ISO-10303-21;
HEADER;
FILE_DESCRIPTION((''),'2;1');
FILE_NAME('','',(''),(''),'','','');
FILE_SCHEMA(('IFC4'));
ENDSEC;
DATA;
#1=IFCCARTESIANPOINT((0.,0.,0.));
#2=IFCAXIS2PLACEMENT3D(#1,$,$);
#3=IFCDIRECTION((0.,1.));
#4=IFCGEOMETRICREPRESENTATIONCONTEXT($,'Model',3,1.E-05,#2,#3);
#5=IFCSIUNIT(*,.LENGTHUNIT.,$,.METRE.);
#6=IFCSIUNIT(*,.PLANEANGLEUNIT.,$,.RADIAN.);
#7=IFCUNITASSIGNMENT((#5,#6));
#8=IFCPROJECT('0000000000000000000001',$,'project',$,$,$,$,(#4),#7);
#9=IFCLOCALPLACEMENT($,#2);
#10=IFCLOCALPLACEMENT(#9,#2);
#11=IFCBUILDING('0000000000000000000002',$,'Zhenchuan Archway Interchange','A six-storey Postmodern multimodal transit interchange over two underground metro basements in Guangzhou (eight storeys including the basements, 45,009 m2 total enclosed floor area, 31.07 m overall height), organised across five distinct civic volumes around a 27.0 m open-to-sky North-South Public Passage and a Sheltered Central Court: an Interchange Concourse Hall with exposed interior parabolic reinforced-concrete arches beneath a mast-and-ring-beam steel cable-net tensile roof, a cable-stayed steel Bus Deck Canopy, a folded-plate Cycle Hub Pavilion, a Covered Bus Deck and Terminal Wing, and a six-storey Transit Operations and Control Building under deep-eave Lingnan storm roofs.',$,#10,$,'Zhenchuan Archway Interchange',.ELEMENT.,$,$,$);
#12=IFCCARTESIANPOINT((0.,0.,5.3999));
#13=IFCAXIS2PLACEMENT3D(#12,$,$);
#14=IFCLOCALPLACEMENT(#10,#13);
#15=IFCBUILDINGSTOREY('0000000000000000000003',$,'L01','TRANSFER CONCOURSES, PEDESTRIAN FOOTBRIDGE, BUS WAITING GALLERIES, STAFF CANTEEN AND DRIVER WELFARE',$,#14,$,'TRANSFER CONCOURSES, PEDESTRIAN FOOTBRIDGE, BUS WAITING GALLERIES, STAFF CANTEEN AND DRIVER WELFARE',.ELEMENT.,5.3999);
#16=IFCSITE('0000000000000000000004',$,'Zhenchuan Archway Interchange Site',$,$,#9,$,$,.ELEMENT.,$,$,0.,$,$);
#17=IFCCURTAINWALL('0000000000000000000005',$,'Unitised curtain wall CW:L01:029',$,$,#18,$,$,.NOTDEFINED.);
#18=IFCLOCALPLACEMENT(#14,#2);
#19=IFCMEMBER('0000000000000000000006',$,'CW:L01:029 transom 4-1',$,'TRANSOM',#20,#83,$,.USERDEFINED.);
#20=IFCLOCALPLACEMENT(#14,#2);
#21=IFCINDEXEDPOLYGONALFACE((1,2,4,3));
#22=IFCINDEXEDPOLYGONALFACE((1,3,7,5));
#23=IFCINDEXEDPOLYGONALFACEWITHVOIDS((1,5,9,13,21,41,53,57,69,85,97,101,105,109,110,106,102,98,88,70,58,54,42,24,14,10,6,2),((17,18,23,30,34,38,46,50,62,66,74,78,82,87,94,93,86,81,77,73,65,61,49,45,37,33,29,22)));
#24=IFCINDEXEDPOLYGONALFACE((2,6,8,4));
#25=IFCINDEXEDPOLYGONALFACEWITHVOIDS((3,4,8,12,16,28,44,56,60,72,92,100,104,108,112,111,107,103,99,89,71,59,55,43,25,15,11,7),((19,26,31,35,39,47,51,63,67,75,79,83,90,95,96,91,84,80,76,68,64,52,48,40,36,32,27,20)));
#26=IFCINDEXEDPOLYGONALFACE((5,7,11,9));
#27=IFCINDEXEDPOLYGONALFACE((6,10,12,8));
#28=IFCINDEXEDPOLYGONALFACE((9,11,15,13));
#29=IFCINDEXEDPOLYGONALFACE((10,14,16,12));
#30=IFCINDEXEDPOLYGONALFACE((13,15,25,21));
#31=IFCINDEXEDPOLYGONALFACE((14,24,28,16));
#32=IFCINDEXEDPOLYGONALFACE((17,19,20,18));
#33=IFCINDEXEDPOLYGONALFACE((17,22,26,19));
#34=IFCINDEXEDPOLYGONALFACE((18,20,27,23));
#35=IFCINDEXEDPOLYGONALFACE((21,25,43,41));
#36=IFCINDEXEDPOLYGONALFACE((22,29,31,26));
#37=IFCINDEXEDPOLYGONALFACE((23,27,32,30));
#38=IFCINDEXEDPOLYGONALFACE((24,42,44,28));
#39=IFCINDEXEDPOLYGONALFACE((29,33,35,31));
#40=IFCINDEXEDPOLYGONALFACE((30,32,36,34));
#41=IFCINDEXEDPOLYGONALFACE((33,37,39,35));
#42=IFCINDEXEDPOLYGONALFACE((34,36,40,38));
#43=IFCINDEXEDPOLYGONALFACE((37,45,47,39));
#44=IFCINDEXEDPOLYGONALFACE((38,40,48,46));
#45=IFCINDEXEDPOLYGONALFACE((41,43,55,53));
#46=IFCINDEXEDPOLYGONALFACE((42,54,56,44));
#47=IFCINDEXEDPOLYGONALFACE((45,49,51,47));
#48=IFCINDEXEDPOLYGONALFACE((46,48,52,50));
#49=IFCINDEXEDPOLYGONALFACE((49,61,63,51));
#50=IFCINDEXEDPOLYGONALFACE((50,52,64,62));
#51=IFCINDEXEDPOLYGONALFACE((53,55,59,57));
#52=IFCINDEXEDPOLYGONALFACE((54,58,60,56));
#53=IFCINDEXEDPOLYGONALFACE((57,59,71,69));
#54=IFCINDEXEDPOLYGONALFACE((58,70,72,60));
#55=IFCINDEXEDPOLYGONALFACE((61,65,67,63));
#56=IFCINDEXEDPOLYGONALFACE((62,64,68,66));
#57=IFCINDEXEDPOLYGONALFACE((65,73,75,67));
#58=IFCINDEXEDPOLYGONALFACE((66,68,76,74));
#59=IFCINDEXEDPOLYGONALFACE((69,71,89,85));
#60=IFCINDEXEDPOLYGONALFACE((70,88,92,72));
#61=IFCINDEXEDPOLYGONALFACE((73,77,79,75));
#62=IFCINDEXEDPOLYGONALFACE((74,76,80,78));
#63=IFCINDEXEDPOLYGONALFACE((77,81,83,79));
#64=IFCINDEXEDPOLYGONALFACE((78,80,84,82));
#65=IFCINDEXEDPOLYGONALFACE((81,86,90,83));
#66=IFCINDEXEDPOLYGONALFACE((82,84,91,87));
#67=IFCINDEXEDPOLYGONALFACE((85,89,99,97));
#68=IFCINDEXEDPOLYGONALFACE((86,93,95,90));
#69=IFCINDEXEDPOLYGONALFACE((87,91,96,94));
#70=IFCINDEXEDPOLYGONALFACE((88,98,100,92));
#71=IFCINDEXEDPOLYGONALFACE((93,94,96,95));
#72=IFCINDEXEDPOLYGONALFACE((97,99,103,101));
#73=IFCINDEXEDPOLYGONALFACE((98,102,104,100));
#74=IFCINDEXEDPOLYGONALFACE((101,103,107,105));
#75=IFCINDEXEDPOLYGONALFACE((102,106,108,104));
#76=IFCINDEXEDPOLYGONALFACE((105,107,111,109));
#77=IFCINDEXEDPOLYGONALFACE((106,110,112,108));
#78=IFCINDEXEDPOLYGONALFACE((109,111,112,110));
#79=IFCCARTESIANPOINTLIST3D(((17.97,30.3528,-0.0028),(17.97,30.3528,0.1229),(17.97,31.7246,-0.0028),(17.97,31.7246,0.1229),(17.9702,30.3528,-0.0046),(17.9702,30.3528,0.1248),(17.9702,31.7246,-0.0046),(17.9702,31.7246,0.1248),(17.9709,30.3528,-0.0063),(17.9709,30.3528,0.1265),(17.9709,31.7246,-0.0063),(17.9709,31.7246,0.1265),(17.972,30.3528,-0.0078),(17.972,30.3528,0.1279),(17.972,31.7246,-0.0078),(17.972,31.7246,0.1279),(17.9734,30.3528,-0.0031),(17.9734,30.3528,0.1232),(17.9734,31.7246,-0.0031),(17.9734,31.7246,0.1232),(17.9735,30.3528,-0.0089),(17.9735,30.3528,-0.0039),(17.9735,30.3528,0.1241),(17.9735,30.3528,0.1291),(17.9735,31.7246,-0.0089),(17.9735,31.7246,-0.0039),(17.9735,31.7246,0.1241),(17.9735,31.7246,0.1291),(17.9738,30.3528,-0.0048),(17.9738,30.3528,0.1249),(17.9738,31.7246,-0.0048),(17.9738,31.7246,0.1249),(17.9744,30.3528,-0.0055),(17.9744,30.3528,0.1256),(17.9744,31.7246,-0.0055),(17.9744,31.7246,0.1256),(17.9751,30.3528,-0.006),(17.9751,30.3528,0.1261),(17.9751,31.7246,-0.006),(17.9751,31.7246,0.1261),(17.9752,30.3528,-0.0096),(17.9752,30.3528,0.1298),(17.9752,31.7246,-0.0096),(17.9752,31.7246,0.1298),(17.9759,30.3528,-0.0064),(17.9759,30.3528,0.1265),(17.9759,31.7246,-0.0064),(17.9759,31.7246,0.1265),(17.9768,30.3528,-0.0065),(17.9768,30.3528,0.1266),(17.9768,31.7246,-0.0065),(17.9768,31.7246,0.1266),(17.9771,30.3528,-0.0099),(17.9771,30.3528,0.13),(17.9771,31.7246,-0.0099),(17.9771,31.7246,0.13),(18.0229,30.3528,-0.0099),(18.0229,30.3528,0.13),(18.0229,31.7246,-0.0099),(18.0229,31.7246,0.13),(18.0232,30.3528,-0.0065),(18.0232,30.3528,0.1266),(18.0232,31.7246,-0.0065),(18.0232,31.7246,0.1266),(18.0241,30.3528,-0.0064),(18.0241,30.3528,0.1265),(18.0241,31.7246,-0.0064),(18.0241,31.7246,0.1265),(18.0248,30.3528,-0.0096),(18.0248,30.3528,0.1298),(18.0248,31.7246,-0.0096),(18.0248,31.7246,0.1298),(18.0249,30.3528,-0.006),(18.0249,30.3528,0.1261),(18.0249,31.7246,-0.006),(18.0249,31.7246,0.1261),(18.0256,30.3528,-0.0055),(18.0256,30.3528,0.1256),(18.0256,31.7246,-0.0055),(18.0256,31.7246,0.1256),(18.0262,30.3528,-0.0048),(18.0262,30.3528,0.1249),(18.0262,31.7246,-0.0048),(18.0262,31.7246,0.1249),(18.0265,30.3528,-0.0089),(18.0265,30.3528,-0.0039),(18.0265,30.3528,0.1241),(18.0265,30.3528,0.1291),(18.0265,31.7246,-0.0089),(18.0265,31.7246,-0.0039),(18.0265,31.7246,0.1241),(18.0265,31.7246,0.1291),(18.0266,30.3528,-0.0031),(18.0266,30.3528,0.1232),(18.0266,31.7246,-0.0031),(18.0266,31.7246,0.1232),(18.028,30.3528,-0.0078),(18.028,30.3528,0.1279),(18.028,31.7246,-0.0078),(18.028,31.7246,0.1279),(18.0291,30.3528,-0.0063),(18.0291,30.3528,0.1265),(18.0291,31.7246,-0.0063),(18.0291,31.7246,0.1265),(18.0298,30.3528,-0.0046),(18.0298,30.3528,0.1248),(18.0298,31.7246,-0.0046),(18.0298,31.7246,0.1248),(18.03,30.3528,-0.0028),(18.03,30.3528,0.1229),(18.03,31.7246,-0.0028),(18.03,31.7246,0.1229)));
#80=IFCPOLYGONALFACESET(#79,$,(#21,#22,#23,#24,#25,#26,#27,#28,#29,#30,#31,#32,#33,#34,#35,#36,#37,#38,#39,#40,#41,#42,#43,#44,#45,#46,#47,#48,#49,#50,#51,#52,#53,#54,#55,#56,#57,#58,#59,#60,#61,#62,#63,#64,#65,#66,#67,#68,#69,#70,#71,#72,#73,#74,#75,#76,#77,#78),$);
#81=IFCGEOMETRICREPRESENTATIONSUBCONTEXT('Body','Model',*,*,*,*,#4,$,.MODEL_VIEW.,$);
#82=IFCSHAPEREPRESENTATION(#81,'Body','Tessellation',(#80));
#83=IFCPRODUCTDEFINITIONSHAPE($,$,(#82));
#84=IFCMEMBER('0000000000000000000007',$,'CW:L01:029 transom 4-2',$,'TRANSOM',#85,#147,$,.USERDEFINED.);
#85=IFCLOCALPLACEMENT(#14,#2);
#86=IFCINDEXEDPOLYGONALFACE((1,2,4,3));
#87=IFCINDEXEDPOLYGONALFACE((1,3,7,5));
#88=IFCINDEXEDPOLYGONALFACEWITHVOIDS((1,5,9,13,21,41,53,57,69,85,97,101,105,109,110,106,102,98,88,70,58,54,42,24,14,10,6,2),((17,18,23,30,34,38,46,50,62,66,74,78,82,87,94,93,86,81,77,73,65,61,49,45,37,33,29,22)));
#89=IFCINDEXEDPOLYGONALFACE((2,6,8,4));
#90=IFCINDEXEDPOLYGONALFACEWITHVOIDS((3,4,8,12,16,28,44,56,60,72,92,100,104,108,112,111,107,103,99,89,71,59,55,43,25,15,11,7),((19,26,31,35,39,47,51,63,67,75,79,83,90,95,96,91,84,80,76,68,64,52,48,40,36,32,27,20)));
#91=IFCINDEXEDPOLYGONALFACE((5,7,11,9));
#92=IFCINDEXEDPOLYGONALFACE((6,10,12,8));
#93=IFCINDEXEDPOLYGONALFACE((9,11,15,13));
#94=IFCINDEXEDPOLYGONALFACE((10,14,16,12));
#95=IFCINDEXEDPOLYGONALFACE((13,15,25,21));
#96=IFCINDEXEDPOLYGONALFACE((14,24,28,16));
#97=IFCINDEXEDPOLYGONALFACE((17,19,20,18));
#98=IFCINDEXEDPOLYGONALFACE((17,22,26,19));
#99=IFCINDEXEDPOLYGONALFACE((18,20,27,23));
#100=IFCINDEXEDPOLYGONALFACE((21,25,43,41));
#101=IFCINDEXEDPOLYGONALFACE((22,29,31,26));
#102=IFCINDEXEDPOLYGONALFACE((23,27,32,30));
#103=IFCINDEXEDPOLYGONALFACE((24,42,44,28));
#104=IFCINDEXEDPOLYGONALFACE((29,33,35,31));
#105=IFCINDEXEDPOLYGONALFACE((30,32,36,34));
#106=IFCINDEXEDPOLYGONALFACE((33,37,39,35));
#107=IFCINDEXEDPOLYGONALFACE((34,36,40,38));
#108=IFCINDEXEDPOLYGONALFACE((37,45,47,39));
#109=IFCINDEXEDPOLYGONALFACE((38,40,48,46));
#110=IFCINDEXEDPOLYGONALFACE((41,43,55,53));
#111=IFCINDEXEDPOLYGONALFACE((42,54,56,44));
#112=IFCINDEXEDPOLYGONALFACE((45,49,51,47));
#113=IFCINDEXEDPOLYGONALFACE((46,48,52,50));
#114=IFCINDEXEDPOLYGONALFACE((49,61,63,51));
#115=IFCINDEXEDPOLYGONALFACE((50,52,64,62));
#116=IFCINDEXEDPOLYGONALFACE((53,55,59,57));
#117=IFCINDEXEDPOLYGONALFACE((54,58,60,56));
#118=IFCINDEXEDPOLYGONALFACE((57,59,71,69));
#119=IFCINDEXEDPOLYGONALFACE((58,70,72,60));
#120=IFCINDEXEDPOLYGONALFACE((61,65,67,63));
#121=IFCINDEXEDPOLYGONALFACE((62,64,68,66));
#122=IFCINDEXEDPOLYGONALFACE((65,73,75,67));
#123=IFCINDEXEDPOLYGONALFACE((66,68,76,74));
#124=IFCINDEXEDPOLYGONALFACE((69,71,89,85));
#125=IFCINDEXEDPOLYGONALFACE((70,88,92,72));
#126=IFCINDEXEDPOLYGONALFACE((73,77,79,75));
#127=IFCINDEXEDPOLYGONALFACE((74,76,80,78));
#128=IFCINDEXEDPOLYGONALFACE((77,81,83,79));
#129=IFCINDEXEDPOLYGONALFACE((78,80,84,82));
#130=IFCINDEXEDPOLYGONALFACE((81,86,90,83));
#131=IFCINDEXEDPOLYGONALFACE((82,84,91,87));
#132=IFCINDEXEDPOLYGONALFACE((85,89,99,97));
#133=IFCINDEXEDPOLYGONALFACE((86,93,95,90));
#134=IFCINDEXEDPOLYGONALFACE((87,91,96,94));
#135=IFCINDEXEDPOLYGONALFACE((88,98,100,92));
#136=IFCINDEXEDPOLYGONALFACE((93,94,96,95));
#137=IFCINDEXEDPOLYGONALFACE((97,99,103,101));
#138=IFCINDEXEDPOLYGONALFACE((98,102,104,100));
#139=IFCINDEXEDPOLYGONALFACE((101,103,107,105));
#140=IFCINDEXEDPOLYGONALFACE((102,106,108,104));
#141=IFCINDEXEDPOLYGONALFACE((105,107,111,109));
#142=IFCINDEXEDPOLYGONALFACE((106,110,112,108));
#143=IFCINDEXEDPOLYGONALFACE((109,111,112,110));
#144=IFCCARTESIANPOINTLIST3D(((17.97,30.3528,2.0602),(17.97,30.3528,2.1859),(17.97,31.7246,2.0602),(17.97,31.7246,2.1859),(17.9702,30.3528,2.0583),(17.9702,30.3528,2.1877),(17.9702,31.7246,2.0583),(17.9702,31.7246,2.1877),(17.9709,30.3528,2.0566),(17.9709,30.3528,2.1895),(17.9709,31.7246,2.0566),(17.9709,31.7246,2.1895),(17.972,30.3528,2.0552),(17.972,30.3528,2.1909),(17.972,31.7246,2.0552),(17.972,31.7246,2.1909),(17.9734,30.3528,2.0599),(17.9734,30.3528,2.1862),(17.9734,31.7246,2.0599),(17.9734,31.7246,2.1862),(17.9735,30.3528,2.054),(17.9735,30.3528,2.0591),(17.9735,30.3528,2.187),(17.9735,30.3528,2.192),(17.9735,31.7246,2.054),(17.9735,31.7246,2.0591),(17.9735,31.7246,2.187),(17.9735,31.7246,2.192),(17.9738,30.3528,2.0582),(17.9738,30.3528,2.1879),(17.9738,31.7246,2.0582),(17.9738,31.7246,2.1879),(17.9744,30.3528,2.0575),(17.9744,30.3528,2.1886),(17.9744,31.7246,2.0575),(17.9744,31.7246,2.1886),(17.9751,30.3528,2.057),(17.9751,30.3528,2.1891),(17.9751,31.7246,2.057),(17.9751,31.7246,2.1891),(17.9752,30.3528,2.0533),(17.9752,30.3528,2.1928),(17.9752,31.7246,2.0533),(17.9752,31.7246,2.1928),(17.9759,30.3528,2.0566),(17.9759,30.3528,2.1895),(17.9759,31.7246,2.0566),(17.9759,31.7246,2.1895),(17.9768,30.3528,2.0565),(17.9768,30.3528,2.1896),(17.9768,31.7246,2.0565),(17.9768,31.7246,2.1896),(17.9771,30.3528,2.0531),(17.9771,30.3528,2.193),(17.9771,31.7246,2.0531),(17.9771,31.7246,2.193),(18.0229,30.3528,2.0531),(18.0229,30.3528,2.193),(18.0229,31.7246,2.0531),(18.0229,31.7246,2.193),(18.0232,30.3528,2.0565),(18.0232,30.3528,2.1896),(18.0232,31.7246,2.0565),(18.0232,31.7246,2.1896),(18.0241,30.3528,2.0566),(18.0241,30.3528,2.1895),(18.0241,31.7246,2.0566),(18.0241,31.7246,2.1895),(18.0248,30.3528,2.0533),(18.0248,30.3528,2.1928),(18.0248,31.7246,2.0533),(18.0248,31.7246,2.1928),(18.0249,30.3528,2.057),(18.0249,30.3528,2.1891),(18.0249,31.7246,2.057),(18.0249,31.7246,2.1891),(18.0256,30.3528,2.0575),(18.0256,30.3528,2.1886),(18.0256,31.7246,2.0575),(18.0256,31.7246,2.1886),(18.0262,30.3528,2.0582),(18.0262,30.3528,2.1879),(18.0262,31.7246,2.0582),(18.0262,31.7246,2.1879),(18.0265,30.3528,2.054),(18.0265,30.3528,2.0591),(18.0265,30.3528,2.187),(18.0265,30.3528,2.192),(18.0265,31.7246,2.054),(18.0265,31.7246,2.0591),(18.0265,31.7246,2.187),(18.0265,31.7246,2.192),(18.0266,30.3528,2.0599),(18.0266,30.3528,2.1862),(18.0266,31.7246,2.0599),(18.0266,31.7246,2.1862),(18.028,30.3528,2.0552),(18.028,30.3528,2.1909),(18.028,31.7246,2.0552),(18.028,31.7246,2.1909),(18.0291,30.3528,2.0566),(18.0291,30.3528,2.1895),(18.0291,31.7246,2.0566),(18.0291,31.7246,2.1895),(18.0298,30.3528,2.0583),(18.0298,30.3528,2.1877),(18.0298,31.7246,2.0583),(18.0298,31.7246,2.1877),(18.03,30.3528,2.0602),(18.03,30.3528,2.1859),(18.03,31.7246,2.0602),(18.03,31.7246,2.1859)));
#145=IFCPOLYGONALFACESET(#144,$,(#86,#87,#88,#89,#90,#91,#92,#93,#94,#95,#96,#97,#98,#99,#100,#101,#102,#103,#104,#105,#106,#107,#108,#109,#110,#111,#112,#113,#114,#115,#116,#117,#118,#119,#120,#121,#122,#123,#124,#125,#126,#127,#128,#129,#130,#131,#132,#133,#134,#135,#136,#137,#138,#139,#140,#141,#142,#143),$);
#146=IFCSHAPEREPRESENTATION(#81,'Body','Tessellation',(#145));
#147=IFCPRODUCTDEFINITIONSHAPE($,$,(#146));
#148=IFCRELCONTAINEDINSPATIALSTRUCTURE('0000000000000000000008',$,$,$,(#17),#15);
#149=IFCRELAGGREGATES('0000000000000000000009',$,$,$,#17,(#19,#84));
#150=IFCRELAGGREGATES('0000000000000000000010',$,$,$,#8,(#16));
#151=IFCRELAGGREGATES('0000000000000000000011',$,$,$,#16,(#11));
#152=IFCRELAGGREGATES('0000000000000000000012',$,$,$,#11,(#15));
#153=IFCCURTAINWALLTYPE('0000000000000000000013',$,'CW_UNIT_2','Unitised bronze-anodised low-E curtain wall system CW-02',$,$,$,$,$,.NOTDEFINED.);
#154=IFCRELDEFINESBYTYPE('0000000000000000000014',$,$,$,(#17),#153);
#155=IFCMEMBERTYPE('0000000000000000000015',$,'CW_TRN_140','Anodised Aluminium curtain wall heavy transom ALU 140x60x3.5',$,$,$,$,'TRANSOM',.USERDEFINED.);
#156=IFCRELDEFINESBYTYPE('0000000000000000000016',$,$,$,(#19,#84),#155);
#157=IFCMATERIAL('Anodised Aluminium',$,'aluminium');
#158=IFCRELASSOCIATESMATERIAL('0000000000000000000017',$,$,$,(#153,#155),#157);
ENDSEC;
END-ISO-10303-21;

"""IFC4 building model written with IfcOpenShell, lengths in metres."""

from ifc_helpers import new_model, si_unit, direction, frame, origin, origin_2d, place, context, subcontext, project, spatial, hollow_rectangle, extrude, material, material_profile, profile_set, type_object, element, aggregate, save


model = new_model("IFC4")

# Units and contexts
model_context = context("Model", 3, precision=1e-05, world=origin(), true_north=direction((0.0, 1.0)))
body_context = subcontext(model_context, "Body", "Model", "MODEL_VIEW")
ifc_project = project(units=[si_unit("LENGTHUNIT", "METRE"), si_unit("PLANEANGLEUNIT", "RADIAN")], contexts=[model_context])

# Site, building, storey
site_placement = place(None, origin())
site = spatial("IfcSite", under=ifc_project, at=site_placement, Name="Zhenchuan Archway Interchange Site", CompositionType="ELEMENT", RefElevation=0.0)
building_placement = place(site_placement, origin())
building = spatial("IfcBuilding", under=site, at=building_placement, Name="Zhenchuan Archway Interchange", Description="A six-storey Postmodern multimodal transit interchange over two underground metro basements in Guangzhou (eight storeys including the basements, 45,009 m2 total enclosed floor area, 31.07 m overall height), organised across five distinct civic volumes around a 27.0 m open-to-sky North-South Public Passage and a Sheltered Central Court: an Interchange Concourse Hall with exposed interior parabolic reinforced-concrete arches beneath a mast-and-ring-beam steel cable-net tensile roof, a cable-stayed steel Bus Deck Canopy, a folded-plate Cycle Hub Pavilion, a Covered Bus Deck and Terminal Wing, and a six-storey Transit Operations and Control Building under deep-eave Lingnan storm roofs.", LongName="Zhenchuan Archway Interchange", CompositionType="ELEMENT")
storey_placement = place(building_placement, frame((0.0, 0.0, 5.3999)))
storey = spatial("IfcBuildingStorey", under=building, at=storey_placement, Name="L01", Description="TRANSFER CONCOURSES, PEDESTRIAN FOOTBRIDGE, BUS WAITING GALLERIES, STAFF CANTEEN AND DRIVER WELFARE", LongName="TRANSFER CONCOURSES, PEDESTRIAN FOOTBRIDGE, BUS WAITING GALLERIES, STAFF CANTEEN AND DRIVER WELFARE", CompositionType="ELEMENT", Elevation=5.3999)

# Curtain wall
ifc_material_1 = material(Name="Anodised Aluminium", Category="aluminium")
curtain_wall_type_1 = type_object("IfcCurtainWallType", Name="CW_UNIT_2", Description="Unitised bronze-anodised low-E curtain wall system CW-02", PredefinedType="NOTDEFINED", material=ifc_material_1)
curtain_wall_1_placement = place(storey_placement, origin())
curtain_wall_1 = element("IfcCurtainWall", 1, at=curtain_wall_1_placement, inside=storey, type_object=curtain_wall_type_1, Name="Unitised curtain wall CW:L01:029", PredefinedType="NOTDEFINED")

# Members
ifc_material_profile_1 = material_profile(ifc_material_1, hollow_rectangle(XDim=0.0601, YDim=0.1399, WallThickness=0.0034, InnerFilletRadius=0.0034, OuterFilletRadius=0.0071, at=origin_2d()), Name="ALU 140x60x3.5")
ifc_profile_set_1 = profile_set([ifc_material_profile_1], Name="Anodised Aluminium")
member_type_1 = type_object("IfcMemberType", Name="CW_TRN_140", Description="Anodised Aluminium curtain wall heavy transom ALU 140x60x3.5", ElementType="TRANSOM", PredefinedType="USERDEFINED", material=ifc_profile_set_1)
member_1_placement = place(storey_placement, frame((18.0, 30.3528, 0.0601), z_axis=(0.0, 1.0, 0.0), x_axis=(-1.0, 0.0, 0.0)))
member_1 = element("IfcMember", 2, at=member_1_placement, type_object=member_type_1, Name="CW:L01:029 transom 4-1", ObjectType="TRANSOM", PredefinedType="USERDEFINED", context=body_context, shape_type="SweptSolid", body=[
    extrude(hollow_rectangle(XDim=0.0601, YDim=0.1399, WallThickness=0.0034, InnerFilletRadius=0.0034, OuterFilletRadius=0.0071, at=origin_2d()), origin(), (0.0, 0.0, 1.0), 1.3718),
])
member_2_placement = place(storey_placement, frame((18.0, 30.3528, 2.123), z_axis=(0.0, 1.0, 0.0), x_axis=(-1.0, 0.0, 0.0)))
member_2 = element("IfcMember", 3, at=member_2_placement, type_object=member_type_1, Name="CW:L01:029 transom 4-2", ObjectType="TRANSOM", PredefinedType="USERDEFINED", context=body_context, shape_type="SweptSolid", body=[
    extrude(hollow_rectangle(XDim=0.0601, YDim=0.1399, WallThickness=0.0034, InnerFilletRadius=0.0034, OuterFilletRadius=0.0071, at=origin_2d()), origin(), (0.0, 0.0, 1.0), 1.3718),
])

aggregate(curtain_wall_1, [member_1, member_2])

save(model, "model.ifc")
